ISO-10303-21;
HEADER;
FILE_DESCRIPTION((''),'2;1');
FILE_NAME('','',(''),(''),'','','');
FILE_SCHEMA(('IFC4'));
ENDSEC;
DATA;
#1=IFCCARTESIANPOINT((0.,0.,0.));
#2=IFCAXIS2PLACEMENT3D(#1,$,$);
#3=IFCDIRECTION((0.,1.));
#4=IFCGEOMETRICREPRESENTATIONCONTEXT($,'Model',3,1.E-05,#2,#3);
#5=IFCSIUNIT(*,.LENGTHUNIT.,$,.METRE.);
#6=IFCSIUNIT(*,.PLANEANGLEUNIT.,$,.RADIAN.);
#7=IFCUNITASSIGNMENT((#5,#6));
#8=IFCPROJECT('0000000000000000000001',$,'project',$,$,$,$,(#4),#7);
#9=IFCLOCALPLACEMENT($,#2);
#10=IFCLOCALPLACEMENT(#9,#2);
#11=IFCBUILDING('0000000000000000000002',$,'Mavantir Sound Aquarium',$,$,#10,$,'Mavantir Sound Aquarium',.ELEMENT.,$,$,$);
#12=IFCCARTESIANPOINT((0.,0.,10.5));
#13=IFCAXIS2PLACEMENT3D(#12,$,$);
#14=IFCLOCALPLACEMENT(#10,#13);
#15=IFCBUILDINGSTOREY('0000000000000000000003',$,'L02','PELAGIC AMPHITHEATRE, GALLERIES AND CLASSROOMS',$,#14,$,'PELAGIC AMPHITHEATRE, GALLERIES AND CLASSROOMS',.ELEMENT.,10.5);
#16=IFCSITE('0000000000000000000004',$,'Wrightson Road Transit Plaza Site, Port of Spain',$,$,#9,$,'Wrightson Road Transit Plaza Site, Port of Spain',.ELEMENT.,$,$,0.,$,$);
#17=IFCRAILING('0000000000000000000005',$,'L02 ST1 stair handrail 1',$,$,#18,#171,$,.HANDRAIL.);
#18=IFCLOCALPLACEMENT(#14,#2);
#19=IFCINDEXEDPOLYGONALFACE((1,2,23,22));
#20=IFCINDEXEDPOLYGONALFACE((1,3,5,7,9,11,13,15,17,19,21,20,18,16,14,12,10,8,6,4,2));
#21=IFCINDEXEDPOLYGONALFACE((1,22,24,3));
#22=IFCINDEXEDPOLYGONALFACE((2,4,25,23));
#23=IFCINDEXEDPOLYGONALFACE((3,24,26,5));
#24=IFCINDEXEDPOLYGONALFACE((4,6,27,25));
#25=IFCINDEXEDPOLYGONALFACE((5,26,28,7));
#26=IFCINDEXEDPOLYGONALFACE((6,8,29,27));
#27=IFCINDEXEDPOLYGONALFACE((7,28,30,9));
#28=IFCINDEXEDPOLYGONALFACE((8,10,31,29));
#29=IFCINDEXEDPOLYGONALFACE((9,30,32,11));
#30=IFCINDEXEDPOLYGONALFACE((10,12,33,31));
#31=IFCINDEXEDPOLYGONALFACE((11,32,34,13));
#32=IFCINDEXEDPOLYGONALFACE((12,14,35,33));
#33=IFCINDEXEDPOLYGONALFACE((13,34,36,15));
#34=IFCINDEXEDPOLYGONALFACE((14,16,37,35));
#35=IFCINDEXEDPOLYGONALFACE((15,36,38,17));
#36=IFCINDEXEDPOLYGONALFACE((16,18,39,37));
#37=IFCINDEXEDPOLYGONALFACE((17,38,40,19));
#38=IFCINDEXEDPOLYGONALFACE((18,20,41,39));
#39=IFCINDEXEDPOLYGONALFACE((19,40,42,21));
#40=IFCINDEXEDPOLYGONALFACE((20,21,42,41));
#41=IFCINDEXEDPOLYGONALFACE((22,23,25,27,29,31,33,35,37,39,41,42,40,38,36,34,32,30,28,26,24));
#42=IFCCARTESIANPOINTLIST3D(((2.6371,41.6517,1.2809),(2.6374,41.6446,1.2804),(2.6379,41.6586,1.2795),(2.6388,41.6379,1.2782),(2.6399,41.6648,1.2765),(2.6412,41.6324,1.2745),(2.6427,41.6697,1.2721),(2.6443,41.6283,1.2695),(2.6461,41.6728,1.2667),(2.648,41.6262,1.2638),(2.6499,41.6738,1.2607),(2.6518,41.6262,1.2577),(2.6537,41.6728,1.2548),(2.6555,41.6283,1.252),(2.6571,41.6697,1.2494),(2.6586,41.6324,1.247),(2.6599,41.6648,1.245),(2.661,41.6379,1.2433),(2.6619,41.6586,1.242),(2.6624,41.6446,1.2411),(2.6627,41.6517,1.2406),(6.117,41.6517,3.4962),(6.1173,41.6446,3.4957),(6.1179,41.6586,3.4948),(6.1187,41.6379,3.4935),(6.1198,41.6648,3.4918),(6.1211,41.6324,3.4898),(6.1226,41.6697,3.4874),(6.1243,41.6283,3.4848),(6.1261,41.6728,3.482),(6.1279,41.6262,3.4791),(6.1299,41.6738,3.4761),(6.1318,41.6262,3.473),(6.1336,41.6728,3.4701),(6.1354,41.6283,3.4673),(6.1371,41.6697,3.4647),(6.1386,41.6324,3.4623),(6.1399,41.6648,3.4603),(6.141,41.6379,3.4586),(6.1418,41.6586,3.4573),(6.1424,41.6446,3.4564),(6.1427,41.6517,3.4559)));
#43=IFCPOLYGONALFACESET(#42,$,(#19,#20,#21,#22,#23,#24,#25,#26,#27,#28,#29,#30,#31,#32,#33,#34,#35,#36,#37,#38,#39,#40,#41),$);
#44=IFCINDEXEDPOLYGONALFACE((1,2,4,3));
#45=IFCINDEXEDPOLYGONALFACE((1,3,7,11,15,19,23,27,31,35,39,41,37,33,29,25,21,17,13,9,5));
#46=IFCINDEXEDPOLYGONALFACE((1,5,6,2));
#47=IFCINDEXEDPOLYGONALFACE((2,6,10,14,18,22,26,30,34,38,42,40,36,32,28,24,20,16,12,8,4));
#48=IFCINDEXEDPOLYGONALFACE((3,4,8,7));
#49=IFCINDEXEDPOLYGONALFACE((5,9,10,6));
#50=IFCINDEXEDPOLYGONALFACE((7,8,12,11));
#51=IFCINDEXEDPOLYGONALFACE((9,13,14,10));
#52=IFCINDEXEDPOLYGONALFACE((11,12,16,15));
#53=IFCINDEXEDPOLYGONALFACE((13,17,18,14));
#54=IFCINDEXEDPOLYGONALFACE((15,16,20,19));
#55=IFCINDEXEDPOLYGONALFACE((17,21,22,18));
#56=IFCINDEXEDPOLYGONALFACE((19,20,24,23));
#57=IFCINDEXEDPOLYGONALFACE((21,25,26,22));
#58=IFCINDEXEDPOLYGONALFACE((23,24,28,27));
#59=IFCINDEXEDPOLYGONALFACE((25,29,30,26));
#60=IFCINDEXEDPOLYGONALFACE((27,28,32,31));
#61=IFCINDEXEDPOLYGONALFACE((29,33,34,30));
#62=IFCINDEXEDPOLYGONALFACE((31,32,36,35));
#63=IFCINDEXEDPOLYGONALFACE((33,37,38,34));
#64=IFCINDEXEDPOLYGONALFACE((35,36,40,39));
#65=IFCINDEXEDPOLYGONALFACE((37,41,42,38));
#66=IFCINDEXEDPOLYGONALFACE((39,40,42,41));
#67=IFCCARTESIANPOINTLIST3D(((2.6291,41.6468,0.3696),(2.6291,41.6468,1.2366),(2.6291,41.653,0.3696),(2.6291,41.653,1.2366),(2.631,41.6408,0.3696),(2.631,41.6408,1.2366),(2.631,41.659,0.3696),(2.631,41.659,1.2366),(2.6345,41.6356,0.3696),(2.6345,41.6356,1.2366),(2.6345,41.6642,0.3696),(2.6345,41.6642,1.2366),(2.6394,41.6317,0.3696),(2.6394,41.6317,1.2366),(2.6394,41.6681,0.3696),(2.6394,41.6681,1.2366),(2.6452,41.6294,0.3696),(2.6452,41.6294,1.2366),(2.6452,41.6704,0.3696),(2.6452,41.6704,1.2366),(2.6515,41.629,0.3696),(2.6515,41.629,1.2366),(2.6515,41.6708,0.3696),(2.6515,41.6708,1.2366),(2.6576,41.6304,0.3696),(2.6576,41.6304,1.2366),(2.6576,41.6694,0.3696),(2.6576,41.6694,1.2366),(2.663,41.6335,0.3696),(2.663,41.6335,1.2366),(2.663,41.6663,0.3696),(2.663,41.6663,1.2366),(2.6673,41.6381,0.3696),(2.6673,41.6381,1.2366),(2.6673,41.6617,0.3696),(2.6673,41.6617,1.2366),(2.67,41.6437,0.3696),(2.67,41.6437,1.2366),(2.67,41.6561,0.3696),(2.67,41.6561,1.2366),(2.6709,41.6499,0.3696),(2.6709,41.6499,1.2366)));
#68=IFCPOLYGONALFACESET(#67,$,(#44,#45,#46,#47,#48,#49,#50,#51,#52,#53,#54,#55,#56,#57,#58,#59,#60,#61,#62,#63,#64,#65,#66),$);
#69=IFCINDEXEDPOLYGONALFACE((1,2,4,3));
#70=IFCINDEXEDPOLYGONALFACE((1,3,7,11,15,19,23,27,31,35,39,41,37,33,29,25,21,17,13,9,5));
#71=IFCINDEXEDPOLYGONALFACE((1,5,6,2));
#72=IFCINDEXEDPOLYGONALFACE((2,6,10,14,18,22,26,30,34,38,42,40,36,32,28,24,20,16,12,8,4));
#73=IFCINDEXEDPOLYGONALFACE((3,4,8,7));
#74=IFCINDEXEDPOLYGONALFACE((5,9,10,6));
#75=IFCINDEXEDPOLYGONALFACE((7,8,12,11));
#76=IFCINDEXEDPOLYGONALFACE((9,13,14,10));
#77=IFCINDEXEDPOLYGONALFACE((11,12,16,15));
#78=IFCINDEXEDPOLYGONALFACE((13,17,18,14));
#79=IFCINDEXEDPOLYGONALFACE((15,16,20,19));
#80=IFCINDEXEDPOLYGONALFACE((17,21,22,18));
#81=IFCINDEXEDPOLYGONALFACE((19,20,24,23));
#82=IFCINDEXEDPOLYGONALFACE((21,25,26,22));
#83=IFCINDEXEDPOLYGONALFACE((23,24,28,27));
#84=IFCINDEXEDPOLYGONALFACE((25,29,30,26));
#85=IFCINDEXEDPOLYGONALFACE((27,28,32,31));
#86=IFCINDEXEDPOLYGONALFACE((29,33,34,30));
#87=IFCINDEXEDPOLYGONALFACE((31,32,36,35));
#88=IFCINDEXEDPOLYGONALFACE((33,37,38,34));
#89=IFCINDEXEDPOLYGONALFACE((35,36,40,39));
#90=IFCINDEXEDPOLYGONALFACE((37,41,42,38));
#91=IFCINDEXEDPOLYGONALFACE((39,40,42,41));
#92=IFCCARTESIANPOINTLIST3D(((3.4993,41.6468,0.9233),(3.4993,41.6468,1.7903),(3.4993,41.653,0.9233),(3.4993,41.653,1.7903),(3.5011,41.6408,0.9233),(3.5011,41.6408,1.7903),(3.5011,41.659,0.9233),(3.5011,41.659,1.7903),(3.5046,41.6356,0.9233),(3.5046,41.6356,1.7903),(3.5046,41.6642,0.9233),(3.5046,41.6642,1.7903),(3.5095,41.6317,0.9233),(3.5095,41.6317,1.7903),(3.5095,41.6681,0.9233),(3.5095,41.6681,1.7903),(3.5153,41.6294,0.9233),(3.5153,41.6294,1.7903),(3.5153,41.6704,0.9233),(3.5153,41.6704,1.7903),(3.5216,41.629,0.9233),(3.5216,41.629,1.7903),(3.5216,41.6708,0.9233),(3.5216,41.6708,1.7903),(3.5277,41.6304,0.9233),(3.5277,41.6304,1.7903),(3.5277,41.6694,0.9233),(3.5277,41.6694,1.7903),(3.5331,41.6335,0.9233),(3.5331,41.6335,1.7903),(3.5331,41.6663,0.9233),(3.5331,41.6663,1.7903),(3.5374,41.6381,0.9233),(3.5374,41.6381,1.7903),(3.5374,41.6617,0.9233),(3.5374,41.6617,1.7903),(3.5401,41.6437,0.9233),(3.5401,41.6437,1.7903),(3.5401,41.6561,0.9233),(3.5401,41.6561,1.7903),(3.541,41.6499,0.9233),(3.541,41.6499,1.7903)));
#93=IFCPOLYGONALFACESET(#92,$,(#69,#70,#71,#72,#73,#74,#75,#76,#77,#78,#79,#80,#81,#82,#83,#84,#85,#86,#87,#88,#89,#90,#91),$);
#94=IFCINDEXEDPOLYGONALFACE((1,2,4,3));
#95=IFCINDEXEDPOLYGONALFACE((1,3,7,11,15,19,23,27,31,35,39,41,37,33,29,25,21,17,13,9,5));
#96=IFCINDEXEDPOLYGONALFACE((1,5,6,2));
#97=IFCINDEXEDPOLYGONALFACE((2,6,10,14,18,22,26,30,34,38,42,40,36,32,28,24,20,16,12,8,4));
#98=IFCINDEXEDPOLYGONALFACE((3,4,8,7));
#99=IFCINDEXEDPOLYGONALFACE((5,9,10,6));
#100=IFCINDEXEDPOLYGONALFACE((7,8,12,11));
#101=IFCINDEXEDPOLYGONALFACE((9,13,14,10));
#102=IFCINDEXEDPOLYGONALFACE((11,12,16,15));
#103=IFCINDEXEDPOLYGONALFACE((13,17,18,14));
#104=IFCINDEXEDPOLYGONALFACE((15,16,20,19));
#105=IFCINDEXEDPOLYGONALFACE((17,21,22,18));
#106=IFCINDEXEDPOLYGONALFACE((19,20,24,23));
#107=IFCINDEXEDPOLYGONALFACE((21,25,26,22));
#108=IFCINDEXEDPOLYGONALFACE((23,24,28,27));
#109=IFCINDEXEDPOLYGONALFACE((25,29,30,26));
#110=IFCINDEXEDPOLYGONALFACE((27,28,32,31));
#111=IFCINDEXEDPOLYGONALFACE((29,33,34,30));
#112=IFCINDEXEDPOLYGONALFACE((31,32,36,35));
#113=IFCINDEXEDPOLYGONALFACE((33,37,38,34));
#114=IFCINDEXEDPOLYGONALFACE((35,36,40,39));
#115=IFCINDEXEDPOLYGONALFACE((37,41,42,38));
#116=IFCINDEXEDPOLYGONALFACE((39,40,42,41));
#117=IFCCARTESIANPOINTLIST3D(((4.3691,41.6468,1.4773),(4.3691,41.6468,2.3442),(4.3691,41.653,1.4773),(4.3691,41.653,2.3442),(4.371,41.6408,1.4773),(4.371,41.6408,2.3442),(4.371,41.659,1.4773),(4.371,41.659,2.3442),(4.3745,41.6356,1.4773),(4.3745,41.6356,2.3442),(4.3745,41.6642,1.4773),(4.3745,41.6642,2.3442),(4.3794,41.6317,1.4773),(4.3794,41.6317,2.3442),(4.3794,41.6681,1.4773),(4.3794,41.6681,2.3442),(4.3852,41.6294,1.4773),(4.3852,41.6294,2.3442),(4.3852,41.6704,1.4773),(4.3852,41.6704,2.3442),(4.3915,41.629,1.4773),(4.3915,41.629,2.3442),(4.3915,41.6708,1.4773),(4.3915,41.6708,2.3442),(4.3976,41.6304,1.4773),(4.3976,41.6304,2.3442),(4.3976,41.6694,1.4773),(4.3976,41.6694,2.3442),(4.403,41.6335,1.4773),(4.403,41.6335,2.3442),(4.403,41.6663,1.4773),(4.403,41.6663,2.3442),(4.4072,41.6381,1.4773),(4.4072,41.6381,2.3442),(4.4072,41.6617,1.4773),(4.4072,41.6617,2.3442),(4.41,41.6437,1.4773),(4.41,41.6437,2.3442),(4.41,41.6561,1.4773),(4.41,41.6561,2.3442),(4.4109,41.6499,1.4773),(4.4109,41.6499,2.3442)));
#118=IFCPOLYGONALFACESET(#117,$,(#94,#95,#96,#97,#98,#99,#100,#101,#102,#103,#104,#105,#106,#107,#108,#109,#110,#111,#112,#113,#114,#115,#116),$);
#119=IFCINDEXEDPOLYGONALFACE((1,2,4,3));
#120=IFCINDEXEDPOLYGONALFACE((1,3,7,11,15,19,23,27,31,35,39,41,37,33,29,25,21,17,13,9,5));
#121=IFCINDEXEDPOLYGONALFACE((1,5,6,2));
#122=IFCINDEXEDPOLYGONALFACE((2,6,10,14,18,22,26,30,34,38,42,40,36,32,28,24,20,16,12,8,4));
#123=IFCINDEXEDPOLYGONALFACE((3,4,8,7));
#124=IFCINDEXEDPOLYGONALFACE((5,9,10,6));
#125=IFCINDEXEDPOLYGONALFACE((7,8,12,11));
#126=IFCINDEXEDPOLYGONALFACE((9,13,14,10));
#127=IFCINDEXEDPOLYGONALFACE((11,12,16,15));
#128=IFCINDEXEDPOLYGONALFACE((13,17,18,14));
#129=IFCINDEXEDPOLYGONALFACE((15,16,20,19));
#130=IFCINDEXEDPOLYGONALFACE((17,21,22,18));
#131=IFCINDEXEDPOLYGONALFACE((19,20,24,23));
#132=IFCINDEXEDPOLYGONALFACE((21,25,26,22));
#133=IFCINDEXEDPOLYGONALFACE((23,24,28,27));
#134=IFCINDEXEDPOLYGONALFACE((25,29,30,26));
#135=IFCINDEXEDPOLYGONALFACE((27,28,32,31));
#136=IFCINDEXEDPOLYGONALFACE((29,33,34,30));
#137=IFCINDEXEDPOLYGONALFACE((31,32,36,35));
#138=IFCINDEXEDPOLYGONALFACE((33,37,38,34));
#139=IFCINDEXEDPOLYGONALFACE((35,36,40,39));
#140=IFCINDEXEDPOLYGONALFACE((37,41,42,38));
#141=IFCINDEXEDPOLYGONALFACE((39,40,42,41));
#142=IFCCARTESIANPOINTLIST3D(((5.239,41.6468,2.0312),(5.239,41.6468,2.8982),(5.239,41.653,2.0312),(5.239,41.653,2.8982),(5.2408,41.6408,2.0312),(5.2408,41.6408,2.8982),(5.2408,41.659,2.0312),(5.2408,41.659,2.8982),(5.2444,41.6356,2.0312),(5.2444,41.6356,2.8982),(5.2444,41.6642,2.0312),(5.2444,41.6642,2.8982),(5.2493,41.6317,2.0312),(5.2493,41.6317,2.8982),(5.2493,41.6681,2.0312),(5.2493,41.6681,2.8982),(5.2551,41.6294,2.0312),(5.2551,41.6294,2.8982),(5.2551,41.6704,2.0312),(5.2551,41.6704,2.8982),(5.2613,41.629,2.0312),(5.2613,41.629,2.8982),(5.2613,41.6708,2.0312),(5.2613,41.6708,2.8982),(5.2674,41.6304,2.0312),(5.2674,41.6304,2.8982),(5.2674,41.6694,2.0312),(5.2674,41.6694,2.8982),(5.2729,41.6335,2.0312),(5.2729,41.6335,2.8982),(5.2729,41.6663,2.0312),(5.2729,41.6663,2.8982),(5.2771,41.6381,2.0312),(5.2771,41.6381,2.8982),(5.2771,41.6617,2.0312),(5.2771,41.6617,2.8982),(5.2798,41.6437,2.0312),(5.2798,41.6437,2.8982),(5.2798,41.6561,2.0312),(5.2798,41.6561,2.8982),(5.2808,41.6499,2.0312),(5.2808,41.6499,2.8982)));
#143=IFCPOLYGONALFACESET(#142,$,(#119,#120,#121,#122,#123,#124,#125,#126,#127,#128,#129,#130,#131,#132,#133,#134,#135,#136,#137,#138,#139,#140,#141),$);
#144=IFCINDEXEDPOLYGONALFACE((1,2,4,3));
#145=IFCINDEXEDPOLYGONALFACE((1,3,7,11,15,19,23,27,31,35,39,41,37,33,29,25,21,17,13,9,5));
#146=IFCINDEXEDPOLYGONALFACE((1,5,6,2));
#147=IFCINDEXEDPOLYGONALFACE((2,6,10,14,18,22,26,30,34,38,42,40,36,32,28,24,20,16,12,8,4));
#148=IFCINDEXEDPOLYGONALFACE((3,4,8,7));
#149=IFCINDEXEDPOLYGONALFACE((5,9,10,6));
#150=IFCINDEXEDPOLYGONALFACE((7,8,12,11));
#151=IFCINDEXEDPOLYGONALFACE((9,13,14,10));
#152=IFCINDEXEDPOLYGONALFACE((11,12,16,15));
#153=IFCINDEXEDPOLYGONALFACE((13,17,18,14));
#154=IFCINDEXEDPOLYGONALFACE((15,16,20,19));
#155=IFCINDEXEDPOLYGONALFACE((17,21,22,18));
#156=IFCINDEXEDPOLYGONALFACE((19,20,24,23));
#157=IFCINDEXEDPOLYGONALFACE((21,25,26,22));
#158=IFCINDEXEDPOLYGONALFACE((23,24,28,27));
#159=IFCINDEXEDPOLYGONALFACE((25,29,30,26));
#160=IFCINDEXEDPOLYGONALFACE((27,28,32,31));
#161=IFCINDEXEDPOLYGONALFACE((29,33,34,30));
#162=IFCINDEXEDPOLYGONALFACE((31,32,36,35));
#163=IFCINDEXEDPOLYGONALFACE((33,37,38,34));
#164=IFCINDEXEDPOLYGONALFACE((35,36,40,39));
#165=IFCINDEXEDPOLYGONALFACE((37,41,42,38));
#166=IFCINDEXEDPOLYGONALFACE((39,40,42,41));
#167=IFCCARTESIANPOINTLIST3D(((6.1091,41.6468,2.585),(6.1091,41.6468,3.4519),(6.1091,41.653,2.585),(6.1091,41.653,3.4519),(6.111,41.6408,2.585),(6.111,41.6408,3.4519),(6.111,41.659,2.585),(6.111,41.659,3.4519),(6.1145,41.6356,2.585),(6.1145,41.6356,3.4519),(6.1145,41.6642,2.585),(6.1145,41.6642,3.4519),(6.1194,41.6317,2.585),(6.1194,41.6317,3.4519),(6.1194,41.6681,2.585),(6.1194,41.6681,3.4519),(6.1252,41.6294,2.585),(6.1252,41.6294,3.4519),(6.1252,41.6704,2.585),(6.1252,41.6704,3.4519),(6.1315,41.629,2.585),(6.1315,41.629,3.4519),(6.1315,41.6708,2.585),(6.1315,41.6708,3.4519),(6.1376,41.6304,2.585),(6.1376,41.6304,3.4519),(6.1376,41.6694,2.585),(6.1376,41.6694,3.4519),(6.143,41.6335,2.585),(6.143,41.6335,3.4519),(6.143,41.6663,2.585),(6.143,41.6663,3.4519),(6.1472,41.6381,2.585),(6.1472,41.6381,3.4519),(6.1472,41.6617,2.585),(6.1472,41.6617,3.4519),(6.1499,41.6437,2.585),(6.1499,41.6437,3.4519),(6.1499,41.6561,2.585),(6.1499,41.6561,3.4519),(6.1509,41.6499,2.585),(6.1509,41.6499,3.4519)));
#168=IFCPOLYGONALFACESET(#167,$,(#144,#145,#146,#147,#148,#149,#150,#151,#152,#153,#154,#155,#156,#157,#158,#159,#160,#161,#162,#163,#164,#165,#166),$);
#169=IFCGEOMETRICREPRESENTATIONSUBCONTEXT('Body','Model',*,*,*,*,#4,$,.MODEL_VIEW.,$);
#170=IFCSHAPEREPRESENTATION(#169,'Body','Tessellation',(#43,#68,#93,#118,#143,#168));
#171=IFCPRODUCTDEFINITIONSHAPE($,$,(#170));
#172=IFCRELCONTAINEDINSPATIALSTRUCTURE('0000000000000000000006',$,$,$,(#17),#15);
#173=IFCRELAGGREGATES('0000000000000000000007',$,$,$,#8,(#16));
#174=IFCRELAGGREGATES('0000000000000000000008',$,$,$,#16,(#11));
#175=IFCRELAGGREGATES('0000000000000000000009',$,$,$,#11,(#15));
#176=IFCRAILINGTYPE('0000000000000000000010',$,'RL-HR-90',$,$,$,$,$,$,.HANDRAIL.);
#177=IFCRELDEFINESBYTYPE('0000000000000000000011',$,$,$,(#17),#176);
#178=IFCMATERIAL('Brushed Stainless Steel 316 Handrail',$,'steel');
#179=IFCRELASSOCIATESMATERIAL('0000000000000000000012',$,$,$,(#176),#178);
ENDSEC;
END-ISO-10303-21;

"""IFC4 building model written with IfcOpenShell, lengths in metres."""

from ifc_helpers import new_model, si_unit, direction, frame, origin, origin_2d, place, context, subcontext, project, spatial, circle, extrude, material, type_object, element, save


model = new_model("IFC4")

# Units and contexts
model_context = context("Model", 3, precision=1e-05, world=origin(), true_north=direction((0.0, 1.0)))
body_context = subcontext(model_context, "Body", "Model", "MODEL_VIEW")
ifc_project = project(units=[si_unit("LENGTHUNIT", "METRE"), si_unit("PLANEANGLEUNIT", "RADIAN")], contexts=[model_context])

# Site, building, storey
site_placement = place(None, origin())
site = spatial("IfcSite", under=ifc_project, at=site_placement, Name="Wrightson Road Transit Plaza Site, Port of Spain", LongName="Wrightson Road Transit Plaza Site, Port of Spain", CompositionType="ELEMENT", RefElevation=0.0)
building_placement = place(site_placement, origin())
building = spatial("IfcBuilding", under=site, at=building_placement, Name="Mavantir Sound Aquarium", LongName="Mavantir Sound Aquarium", CompositionType="ELEMENT")
storey_placement = place(building_placement, frame((0.0, 0.0, 10.5)))
storey = spatial("IfcBuildingStorey", under=building, at=storey_placement, Name="L02", Description="PELAGIC AMPHITHEATRE, GALLERIES AND CLASSROOMS", LongName="PELAGIC AMPHITHEATRE, GALLERIES AND CLASSROOMS", CompositionType="ELEMENT", Elevation=10.5)

# Railing
ifc_material_1 = material(Name="Brushed Stainless Steel 316 Handrail", Category="steel")
railing_type_1 = type_object("IfcRailingType", Name="RL-HR-90", PredefinedType="HANDRAIL", material=ifc_material_1)
railing_1_placement = place(storey_placement, frame((2.6499, 41.6499, 0.3696)))
element("IfcRailing", 1, at=railing_1_placement, inside=storey, type_object=railing_type_1, Name="L02 ST1 stair handrail 1", PredefinedType="HANDRAIL", context=body_context, shape_type="SweptSolid", body=[
    extrude(circle(Radius=0.0239, at=origin_2d()), frame((0.0, 0.0, 0.8911), z_axis=(0.843574, 0.0, 0.537013), x_axis=(0.0, 1.0, 0.0)), (0.0, 0.0, 1.0), 4.1252),
    extrude(circle(Radius=0.021, at=origin_2d()), origin(), (0.0, 0.0, 1.0), 0.8669),
    extrude(circle(Radius=0.021, at=origin_2d()), frame((0.8701, 0.0, 0.5537)), (0.0, 0.0, 1.0), 0.8669),
    extrude(circle(Radius=0.021, at=origin_2d()), frame((1.74, 0.0, 1.1077)), (0.0, 0.0, 1.0), 0.8669),
    extrude(circle(Radius=0.021, at=origin_2d()), frame((2.6099, 0.0, 1.6616)), (0.0, 0.0, 1.0), 0.8669),
    extrude(circle(Radius=0.021, at=origin_2d()), frame((3.48, 0.0, 2.2153)), (0.0, 0.0, 1.0), 0.8669),
])

save(model, "model.ifc")
